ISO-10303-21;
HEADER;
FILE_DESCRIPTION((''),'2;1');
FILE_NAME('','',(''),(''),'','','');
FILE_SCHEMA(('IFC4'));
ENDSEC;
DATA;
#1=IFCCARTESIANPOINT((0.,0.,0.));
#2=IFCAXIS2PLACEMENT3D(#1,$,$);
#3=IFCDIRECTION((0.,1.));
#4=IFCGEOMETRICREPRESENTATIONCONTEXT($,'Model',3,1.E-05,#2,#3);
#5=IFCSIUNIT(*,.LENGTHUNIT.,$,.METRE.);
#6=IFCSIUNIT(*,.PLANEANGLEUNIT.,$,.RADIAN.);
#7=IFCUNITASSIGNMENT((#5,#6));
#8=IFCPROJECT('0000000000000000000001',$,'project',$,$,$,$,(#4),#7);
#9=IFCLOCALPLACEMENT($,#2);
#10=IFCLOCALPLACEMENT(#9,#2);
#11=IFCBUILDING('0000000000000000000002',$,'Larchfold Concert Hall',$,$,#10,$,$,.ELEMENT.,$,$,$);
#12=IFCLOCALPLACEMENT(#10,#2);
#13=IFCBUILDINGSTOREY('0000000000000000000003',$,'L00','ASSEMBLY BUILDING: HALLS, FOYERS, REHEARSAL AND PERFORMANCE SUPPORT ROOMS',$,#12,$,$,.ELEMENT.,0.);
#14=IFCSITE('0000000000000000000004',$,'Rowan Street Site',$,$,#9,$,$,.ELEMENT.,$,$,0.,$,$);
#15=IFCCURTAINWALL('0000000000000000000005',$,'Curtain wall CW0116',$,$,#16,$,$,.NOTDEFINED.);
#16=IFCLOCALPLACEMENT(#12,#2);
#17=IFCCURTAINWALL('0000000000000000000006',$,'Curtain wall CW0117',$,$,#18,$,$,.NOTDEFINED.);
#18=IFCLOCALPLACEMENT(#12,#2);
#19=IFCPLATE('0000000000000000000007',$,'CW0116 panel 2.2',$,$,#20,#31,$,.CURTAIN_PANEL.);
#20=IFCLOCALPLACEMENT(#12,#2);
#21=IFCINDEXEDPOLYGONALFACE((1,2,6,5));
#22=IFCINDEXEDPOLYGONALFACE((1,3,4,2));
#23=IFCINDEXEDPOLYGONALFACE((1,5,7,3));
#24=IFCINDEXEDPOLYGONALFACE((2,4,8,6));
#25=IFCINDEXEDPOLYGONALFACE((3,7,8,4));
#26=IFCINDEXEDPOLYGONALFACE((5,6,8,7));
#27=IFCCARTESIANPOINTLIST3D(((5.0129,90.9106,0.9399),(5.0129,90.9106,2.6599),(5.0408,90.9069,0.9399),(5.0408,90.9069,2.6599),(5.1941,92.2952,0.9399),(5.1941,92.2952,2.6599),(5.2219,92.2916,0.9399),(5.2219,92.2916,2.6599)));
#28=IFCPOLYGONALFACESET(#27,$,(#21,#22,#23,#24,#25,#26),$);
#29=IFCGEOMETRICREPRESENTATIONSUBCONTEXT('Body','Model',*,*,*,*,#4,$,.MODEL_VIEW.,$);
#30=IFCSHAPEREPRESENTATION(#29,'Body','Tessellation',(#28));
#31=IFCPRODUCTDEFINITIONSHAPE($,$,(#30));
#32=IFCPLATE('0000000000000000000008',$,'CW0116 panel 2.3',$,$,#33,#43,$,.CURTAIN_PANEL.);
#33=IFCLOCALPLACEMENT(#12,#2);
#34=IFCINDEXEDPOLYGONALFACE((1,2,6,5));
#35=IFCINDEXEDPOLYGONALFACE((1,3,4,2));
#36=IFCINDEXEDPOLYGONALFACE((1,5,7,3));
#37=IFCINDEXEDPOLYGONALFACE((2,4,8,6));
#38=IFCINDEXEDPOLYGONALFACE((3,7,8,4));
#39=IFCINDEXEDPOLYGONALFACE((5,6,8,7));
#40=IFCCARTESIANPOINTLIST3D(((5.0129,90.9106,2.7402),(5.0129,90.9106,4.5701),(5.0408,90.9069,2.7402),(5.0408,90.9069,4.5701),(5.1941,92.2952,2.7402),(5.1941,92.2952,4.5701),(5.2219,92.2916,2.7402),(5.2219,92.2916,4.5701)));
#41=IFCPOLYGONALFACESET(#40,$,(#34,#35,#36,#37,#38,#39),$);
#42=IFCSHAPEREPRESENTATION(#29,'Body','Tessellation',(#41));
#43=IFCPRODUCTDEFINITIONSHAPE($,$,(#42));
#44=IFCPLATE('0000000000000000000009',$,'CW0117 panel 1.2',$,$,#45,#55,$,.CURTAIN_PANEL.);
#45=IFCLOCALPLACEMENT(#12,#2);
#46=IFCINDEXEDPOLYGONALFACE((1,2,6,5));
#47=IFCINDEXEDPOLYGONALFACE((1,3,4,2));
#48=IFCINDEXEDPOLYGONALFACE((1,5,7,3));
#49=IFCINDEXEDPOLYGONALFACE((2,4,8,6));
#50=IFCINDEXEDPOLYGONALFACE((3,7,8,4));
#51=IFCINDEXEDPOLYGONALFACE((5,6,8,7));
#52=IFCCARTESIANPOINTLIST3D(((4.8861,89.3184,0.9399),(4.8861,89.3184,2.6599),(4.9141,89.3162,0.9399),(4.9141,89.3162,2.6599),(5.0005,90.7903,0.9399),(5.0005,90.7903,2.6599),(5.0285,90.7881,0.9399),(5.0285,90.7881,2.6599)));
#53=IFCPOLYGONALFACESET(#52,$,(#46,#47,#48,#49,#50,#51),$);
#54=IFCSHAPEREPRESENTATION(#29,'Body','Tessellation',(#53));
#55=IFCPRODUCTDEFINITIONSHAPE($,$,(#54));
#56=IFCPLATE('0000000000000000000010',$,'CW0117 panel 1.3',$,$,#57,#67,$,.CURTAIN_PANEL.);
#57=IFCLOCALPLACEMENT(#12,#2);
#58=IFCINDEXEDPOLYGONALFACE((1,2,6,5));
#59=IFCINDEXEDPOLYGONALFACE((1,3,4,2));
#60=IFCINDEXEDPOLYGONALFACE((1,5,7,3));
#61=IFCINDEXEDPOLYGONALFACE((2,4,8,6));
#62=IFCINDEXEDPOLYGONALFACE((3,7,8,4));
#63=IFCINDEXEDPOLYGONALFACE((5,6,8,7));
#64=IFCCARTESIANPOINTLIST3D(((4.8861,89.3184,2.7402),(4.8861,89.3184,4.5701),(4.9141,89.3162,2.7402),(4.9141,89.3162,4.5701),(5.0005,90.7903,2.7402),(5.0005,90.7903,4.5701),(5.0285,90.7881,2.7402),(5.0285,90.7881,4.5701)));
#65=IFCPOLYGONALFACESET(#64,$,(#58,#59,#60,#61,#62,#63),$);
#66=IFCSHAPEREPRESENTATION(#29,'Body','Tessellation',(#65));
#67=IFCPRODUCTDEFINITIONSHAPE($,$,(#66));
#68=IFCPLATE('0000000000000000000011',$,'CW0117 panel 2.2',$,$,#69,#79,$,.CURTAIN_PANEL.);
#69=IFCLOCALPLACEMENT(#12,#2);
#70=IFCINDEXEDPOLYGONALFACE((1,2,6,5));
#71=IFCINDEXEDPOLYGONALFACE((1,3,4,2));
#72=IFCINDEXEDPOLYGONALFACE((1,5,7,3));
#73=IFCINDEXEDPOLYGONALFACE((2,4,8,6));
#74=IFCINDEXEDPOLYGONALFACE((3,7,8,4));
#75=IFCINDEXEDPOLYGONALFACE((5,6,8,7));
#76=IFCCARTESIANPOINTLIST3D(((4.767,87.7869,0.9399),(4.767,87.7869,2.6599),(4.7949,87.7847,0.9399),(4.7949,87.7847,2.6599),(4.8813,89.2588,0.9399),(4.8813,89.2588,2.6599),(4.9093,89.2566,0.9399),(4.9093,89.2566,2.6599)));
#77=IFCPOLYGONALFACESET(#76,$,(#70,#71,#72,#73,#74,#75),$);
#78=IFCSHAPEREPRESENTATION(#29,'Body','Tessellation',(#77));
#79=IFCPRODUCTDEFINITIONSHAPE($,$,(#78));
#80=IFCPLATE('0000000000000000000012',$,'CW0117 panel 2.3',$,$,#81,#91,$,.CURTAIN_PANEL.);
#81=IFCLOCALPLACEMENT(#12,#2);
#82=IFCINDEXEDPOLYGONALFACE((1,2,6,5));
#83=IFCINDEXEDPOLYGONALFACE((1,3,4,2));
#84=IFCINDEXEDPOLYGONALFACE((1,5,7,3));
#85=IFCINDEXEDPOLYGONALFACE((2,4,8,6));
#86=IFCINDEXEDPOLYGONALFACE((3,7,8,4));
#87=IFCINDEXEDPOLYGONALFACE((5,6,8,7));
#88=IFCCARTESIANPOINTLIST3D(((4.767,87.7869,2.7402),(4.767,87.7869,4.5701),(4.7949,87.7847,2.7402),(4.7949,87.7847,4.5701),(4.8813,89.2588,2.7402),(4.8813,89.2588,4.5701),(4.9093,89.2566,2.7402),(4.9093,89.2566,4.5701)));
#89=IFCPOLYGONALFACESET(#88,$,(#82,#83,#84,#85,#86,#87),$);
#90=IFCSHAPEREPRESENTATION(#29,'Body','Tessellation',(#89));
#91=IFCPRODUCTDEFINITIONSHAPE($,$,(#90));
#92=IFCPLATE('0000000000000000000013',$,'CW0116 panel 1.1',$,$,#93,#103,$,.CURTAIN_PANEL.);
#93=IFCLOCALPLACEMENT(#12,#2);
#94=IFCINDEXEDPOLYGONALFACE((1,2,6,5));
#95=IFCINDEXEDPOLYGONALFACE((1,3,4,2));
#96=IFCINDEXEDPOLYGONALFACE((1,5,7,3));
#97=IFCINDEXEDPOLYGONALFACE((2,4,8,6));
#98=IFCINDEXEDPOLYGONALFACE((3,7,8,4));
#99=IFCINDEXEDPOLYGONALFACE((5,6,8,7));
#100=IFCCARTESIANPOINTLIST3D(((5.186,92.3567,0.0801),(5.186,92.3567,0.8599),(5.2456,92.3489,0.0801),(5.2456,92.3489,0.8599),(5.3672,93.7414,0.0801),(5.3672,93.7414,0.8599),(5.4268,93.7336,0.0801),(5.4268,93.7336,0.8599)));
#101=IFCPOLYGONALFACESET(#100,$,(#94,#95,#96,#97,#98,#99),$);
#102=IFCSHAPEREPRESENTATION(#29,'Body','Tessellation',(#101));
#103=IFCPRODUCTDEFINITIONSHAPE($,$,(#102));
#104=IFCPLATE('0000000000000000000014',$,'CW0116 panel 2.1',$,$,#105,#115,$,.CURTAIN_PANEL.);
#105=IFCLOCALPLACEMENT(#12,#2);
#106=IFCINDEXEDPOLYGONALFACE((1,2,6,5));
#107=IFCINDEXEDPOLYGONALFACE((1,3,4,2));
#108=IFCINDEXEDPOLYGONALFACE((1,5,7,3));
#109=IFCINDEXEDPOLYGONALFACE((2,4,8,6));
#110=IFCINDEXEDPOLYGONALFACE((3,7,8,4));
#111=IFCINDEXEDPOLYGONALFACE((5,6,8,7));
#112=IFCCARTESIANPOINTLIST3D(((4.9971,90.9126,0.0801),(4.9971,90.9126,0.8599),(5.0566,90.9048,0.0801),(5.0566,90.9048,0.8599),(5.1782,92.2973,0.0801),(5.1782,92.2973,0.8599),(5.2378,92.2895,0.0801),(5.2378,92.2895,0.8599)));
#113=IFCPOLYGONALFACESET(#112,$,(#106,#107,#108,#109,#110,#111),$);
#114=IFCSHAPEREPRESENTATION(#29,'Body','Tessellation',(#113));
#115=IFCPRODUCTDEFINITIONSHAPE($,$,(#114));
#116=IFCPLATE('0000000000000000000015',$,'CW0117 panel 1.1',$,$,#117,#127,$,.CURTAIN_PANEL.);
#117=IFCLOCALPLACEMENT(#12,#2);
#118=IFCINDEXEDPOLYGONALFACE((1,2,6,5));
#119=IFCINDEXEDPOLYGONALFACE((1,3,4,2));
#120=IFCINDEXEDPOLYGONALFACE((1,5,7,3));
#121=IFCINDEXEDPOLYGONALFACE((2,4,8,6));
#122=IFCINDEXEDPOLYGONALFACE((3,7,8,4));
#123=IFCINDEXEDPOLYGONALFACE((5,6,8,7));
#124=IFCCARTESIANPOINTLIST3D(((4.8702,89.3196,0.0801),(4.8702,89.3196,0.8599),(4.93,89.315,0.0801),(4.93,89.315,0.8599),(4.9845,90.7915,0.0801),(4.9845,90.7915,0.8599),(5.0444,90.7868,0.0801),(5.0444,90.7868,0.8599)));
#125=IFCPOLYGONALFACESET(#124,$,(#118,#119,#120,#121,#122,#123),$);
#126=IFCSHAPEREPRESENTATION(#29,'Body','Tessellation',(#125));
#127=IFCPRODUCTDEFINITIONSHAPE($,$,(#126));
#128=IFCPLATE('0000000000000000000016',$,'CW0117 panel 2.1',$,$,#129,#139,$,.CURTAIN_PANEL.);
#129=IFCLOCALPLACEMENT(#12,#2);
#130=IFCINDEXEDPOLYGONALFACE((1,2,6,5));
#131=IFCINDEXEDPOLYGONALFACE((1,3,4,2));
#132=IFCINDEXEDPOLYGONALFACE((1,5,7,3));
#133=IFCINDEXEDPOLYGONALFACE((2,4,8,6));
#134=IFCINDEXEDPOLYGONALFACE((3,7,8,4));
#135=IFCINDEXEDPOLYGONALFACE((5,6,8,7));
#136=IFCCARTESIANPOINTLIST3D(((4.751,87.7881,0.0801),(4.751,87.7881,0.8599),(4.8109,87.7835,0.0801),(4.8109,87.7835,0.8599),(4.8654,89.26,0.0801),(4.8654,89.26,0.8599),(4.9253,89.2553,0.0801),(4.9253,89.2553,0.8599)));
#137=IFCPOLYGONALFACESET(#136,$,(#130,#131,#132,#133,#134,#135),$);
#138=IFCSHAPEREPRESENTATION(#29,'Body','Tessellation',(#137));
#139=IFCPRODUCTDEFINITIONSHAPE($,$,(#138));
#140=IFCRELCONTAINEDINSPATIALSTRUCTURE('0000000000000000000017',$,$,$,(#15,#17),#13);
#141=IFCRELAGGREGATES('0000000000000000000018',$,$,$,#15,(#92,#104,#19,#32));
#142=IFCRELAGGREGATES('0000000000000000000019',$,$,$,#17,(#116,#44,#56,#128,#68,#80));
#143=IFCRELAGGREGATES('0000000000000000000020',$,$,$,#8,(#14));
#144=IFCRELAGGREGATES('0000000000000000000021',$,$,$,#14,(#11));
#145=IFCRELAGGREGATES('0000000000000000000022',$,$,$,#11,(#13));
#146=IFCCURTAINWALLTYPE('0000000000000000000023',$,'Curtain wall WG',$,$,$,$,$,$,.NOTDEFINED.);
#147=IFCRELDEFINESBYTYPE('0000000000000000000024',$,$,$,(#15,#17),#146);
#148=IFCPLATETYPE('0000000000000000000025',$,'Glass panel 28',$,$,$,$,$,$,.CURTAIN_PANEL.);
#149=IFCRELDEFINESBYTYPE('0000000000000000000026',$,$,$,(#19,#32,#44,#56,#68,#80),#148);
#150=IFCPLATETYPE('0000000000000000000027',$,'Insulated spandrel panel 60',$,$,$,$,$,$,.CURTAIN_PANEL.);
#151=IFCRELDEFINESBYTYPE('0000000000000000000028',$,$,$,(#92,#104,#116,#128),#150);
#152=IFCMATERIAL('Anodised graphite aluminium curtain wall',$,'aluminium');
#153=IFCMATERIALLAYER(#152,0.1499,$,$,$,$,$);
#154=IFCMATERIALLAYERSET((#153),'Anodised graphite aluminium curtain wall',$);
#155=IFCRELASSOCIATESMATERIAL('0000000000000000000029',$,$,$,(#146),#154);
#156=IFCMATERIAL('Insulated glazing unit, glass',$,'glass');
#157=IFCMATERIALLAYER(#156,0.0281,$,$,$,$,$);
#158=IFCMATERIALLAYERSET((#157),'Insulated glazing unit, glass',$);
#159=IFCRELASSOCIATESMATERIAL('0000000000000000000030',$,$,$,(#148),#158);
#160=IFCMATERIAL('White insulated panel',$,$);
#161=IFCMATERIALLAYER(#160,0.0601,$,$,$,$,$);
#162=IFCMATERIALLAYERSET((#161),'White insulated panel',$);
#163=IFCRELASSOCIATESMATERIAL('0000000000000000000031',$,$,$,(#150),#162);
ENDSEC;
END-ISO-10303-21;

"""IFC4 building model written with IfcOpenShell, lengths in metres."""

from ifc_helpers import new_model, si_unit, direction, frame, origin, origin_2d, place, context, subcontext, project, spatial, rectangle, extrude, material, layer, layer_set, type_object, element, aggregate, save


model = new_model("IFC4")

# Units and contexts
model_context = context("Model", 3, precision=1e-05, world=origin(), true_north=direction((0.0, 1.0)))
body_context = subcontext(model_context, "Body", "Model", "MODEL_VIEW")
ifc_project = project(units=[si_unit("LENGTHUNIT", "METRE"), si_unit("PLANEANGLEUNIT", "RADIAN")], contexts=[model_context])

# Site, building, storey
site_placement = place(None, origin())
site = spatial("IfcSite", under=ifc_project, at=site_placement, Name="Rowan Street Site", CompositionType="ELEMENT", RefElevation=0.0)
building_placement = place(site_placement, origin())
building = spatial("IfcBuilding", under=site, at=building_placement, Name="Larchfold Concert Hall", CompositionType="ELEMENT")
storey_placement = place(building_placement, origin())
storey = spatial("IfcBuildingStorey", under=building, at=storey_placement, Name="L00", Description="ASSEMBLY BUILDING: HALLS, FOYERS, REHEARSAL AND PERFORMANCE SUPPORT ROOMS", CompositionType="ELEMENT", Elevation=0.0)

# Curtain walls
ifc_material_1 = material(Name="Anodised graphite aluminium curtain wall", Category="aluminium")
ifc_layer_1 = layer(ifc_material_1, 0.1499)
ifc_layer_set_1 = layer_set([ifc_layer_1], Name="Anodised graphite aluminium curtain wall")
curtain_wall_type = type_object("IfcCurtainWallType", Name="Curtain wall WG", PredefinedType="NOTDEFINED", material=ifc_layer_set_1)
curtain_wall_1_placement = place(storey_placement, origin())
curtain_wall_1 = element("IfcCurtainWall", 1, at=curtain_wall_1_placement, inside=storey, type_object=curtain_wall_type, Name="Curtain wall CW0116", PredefinedType="NOTDEFINED")
curtain_wall_2_placement = place(storey_placement, origin())
curtain_wall_2 = element("IfcCurtainWall", 2, at=curtain_wall_2_placement, inside=storey, type_object=curtain_wall_type, Name="Curtain wall CW0117", PredefinedType="NOTDEFINED")

# Plates
ifc_material_2 = material(Name="Insulated glazing unit, glass", Category="glass")
ifc_layer_2 = layer(ifc_material_2, 0.0281)
ifc_layer_set_2 = layer_set([ifc_layer_2], Name="Insulated glazing unit, glass")
plate_type_1 = type_object("IfcPlateType", Name="Glass panel 28", PredefinedType="CURTAIN_PANEL", material=ifc_layer_set_2)
plate_1_placement = place(storey_placement, frame((5.1174, 91.6011, 0.9399), z_axis=(0.0, 0.0, 1.0), x_axis=(-0.129743, -0.991548, 0.0)))
plate_1 = element("IfcPlate", 3, at=plate_1_placement, type_object=plate_type_1, Name="CW0116 panel 2.2", PredefinedType="CURTAIN_PANEL", context=body_context, shape_type="SweptSolid", body=[
    extrude(rectangle(XDim=1.3965, YDim=0.0281, at=origin_2d()), origin(), (0.0, 0.0, 1.0), 1.72),
])
plate_2_placement = place(storey_placement, frame((5.1174, 91.6011, 2.7402), z_axis=(0.0, 0.0, 1.0), x_axis=(-0.129743, -0.991548, 0.0)))
plate_2 = element("IfcPlate", 4, at=plate_2_placement, type_object=plate_type_1, Name="CW0116 panel 2.3", PredefinedType="CURTAIN_PANEL", context=body_context, shape_type="SweptSolid", body=[
    extrude(rectangle(XDim=1.3965, YDim=0.0281, at=origin_2d()), origin(), (0.0, 0.0, 1.0), 1.8298),
])
plate_3_placement = place(storey_placement, frame((4.9573, 90.0532, 0.9399), z_axis=(0.0, 0.0, 1.0), x_axis=(-0.077465, -0.996995, 0.0)))
plate_3 = element("IfcPlate", 5, at=plate_3_placement, type_object=plate_type_1, Name="CW0117 panel 1.2", PredefinedType="CURTAIN_PANEL", context=body_context, shape_type="SweptSolid", body=[
    extrude(rectangle(XDim=1.4763, YDim=0.0281, at=origin_2d()), origin(), (0.0, 0.0, 1.0), 1.72),
])
plate_4_placement = place(storey_placement, frame((4.9573, 90.0532, 2.7402), z_axis=(0.0, 0.0, 1.0), x_axis=(-0.077465, -0.996995, 0.0)))
plate_4 = element("IfcPlate", 6, at=plate_4_placement, type_object=plate_type_1, Name="CW0117 panel 1.3", PredefinedType="CURTAIN_PANEL", context=body_context, shape_type="SweptSolid", body=[
    extrude(rectangle(XDim=1.4763, YDim=0.0281, at=origin_2d()), origin(), (0.0, 0.0, 1.0), 1.8298),
])
plate_5_placement = place(storey_placement, frame((4.8381, 88.5217, 0.9399), z_axis=(0.0, 0.0, 1.0), x_axis=(-0.077465, -0.996995, 0.0)))
plate_5 = element("IfcPlate", 7, at=plate_5_placement, type_object=plate_type_1, Name="CW0117 panel 2.2", PredefinedType="CURTAIN_PANEL", context=body_context, shape_type="SweptSolid", body=[
    extrude(rectangle(XDim=1.4763, YDim=0.0281, at=origin_2d()), origin(), (0.0, 0.0, 1.0), 1.72),
])
plate_6_placement = place(storey_placement, frame((4.8381, 88.5217, 2.7402), z_axis=(0.0, 0.0, 1.0), x_axis=(-0.077465, -0.996995, 0.0)))
plate_6 = element("IfcPlate", 8, at=plate_6_placement, type_object=plate_type_1, Name="CW0117 panel 2.3", PredefinedType="CURTAIN_PANEL", context=body_context, shape_type="SweptSolid", body=[
    extrude(rectangle(XDim=1.4763, YDim=0.0281, at=origin_2d()), origin(), (0.0, 0.0, 1.0), 1.8298),
])
ifc_material_3 = material(Name="White insulated panel")
ifc_layer_3 = layer(ifc_material_3, 0.0601)
ifc_layer_set_3 = layer_set([ifc_layer_3], Name="White insulated panel")
plate_type_2 = type_object("IfcPlateType", Name="Insulated spandrel panel 60", PredefinedType="CURTAIN_PANEL", material=ifc_layer_set_3)
plate_7_placement = place(storey_placement, frame((5.3064, 93.0452, 0.0801), z_axis=(0.0, 0.0, 1.0), x_axis=(-0.129743, -0.991548, 0.0)))
plate_7 = element("IfcPlate", 9, at=plate_7_placement, type_object=plate_type_2, Name="CW0116 panel 1.1", PredefinedType="CURTAIN_PANEL", context=body_context, shape_type="SweptSolid", body=[
    extrude(rectangle(XDim=1.3965, YDim=0.0601, at=origin_2d()), origin(), (0.0, 0.0, 1.0), 0.7798),
])
plate_8_placement = place(storey_placement, frame((5.1174, 91.6011, 0.0801), z_axis=(0.0, 0.0, 1.0), x_axis=(-0.129743, -0.991548, 0.0)))
plate_8 = element("IfcPlate", 10, at=plate_8_placement, type_object=plate_type_2, Name="CW0116 panel 2.1", PredefinedType="CURTAIN_PANEL", context=body_context, shape_type="SweptSolid", body=[
    extrude(rectangle(XDim=1.3965, YDim=0.0601, at=origin_2d()), origin(), (0.0, 0.0, 1.0), 0.7798),
])
aggregate(curtain_wall_1, [plate_7, plate_8, plate_1, plate_2])
plate_9_placement = place(storey_placement, frame((4.9573, 90.0532, 0.0801), z_axis=(0.0, 0.0, 1.0), x_axis=(-0.077465, -0.996995, 0.0)))
plate_9 = element("IfcPlate", 11, at=plate_9_placement, type_object=plate_type_2, Name="CW0117 panel 1.1", PredefinedType="CURTAIN_PANEL", context=body_context, shape_type="SweptSolid", body=[
    extrude(rectangle(XDim=1.4763, YDim=0.0601, at=origin_2d()), origin(), (0.0, 0.0, 1.0), 0.7798),
])
plate_10_placement = place(storey_placement, frame((4.8381, 88.5217, 0.0801), z_axis=(0.0, 0.0, 1.0), x_axis=(-0.077465, -0.996995, 0.0)))
plate_10 = element("IfcPlate", 12, at=plate_10_placement, type_object=plate_type_2, Name="CW0117 panel 2.1", PredefinedType="CURTAIN_PANEL", context=body_context, shape_type="SweptSolid", body=[
    extrude(rectangle(XDim=1.4763, YDim=0.0601, at=origin_2d()), origin(), (0.0, 0.0, 1.0), 0.7798),
])
aggregate(curtain_wall_2, [plate_9, plate_3, plate_4, plate_10, plate_5, plate_6])

save(model, "model.ifc")
